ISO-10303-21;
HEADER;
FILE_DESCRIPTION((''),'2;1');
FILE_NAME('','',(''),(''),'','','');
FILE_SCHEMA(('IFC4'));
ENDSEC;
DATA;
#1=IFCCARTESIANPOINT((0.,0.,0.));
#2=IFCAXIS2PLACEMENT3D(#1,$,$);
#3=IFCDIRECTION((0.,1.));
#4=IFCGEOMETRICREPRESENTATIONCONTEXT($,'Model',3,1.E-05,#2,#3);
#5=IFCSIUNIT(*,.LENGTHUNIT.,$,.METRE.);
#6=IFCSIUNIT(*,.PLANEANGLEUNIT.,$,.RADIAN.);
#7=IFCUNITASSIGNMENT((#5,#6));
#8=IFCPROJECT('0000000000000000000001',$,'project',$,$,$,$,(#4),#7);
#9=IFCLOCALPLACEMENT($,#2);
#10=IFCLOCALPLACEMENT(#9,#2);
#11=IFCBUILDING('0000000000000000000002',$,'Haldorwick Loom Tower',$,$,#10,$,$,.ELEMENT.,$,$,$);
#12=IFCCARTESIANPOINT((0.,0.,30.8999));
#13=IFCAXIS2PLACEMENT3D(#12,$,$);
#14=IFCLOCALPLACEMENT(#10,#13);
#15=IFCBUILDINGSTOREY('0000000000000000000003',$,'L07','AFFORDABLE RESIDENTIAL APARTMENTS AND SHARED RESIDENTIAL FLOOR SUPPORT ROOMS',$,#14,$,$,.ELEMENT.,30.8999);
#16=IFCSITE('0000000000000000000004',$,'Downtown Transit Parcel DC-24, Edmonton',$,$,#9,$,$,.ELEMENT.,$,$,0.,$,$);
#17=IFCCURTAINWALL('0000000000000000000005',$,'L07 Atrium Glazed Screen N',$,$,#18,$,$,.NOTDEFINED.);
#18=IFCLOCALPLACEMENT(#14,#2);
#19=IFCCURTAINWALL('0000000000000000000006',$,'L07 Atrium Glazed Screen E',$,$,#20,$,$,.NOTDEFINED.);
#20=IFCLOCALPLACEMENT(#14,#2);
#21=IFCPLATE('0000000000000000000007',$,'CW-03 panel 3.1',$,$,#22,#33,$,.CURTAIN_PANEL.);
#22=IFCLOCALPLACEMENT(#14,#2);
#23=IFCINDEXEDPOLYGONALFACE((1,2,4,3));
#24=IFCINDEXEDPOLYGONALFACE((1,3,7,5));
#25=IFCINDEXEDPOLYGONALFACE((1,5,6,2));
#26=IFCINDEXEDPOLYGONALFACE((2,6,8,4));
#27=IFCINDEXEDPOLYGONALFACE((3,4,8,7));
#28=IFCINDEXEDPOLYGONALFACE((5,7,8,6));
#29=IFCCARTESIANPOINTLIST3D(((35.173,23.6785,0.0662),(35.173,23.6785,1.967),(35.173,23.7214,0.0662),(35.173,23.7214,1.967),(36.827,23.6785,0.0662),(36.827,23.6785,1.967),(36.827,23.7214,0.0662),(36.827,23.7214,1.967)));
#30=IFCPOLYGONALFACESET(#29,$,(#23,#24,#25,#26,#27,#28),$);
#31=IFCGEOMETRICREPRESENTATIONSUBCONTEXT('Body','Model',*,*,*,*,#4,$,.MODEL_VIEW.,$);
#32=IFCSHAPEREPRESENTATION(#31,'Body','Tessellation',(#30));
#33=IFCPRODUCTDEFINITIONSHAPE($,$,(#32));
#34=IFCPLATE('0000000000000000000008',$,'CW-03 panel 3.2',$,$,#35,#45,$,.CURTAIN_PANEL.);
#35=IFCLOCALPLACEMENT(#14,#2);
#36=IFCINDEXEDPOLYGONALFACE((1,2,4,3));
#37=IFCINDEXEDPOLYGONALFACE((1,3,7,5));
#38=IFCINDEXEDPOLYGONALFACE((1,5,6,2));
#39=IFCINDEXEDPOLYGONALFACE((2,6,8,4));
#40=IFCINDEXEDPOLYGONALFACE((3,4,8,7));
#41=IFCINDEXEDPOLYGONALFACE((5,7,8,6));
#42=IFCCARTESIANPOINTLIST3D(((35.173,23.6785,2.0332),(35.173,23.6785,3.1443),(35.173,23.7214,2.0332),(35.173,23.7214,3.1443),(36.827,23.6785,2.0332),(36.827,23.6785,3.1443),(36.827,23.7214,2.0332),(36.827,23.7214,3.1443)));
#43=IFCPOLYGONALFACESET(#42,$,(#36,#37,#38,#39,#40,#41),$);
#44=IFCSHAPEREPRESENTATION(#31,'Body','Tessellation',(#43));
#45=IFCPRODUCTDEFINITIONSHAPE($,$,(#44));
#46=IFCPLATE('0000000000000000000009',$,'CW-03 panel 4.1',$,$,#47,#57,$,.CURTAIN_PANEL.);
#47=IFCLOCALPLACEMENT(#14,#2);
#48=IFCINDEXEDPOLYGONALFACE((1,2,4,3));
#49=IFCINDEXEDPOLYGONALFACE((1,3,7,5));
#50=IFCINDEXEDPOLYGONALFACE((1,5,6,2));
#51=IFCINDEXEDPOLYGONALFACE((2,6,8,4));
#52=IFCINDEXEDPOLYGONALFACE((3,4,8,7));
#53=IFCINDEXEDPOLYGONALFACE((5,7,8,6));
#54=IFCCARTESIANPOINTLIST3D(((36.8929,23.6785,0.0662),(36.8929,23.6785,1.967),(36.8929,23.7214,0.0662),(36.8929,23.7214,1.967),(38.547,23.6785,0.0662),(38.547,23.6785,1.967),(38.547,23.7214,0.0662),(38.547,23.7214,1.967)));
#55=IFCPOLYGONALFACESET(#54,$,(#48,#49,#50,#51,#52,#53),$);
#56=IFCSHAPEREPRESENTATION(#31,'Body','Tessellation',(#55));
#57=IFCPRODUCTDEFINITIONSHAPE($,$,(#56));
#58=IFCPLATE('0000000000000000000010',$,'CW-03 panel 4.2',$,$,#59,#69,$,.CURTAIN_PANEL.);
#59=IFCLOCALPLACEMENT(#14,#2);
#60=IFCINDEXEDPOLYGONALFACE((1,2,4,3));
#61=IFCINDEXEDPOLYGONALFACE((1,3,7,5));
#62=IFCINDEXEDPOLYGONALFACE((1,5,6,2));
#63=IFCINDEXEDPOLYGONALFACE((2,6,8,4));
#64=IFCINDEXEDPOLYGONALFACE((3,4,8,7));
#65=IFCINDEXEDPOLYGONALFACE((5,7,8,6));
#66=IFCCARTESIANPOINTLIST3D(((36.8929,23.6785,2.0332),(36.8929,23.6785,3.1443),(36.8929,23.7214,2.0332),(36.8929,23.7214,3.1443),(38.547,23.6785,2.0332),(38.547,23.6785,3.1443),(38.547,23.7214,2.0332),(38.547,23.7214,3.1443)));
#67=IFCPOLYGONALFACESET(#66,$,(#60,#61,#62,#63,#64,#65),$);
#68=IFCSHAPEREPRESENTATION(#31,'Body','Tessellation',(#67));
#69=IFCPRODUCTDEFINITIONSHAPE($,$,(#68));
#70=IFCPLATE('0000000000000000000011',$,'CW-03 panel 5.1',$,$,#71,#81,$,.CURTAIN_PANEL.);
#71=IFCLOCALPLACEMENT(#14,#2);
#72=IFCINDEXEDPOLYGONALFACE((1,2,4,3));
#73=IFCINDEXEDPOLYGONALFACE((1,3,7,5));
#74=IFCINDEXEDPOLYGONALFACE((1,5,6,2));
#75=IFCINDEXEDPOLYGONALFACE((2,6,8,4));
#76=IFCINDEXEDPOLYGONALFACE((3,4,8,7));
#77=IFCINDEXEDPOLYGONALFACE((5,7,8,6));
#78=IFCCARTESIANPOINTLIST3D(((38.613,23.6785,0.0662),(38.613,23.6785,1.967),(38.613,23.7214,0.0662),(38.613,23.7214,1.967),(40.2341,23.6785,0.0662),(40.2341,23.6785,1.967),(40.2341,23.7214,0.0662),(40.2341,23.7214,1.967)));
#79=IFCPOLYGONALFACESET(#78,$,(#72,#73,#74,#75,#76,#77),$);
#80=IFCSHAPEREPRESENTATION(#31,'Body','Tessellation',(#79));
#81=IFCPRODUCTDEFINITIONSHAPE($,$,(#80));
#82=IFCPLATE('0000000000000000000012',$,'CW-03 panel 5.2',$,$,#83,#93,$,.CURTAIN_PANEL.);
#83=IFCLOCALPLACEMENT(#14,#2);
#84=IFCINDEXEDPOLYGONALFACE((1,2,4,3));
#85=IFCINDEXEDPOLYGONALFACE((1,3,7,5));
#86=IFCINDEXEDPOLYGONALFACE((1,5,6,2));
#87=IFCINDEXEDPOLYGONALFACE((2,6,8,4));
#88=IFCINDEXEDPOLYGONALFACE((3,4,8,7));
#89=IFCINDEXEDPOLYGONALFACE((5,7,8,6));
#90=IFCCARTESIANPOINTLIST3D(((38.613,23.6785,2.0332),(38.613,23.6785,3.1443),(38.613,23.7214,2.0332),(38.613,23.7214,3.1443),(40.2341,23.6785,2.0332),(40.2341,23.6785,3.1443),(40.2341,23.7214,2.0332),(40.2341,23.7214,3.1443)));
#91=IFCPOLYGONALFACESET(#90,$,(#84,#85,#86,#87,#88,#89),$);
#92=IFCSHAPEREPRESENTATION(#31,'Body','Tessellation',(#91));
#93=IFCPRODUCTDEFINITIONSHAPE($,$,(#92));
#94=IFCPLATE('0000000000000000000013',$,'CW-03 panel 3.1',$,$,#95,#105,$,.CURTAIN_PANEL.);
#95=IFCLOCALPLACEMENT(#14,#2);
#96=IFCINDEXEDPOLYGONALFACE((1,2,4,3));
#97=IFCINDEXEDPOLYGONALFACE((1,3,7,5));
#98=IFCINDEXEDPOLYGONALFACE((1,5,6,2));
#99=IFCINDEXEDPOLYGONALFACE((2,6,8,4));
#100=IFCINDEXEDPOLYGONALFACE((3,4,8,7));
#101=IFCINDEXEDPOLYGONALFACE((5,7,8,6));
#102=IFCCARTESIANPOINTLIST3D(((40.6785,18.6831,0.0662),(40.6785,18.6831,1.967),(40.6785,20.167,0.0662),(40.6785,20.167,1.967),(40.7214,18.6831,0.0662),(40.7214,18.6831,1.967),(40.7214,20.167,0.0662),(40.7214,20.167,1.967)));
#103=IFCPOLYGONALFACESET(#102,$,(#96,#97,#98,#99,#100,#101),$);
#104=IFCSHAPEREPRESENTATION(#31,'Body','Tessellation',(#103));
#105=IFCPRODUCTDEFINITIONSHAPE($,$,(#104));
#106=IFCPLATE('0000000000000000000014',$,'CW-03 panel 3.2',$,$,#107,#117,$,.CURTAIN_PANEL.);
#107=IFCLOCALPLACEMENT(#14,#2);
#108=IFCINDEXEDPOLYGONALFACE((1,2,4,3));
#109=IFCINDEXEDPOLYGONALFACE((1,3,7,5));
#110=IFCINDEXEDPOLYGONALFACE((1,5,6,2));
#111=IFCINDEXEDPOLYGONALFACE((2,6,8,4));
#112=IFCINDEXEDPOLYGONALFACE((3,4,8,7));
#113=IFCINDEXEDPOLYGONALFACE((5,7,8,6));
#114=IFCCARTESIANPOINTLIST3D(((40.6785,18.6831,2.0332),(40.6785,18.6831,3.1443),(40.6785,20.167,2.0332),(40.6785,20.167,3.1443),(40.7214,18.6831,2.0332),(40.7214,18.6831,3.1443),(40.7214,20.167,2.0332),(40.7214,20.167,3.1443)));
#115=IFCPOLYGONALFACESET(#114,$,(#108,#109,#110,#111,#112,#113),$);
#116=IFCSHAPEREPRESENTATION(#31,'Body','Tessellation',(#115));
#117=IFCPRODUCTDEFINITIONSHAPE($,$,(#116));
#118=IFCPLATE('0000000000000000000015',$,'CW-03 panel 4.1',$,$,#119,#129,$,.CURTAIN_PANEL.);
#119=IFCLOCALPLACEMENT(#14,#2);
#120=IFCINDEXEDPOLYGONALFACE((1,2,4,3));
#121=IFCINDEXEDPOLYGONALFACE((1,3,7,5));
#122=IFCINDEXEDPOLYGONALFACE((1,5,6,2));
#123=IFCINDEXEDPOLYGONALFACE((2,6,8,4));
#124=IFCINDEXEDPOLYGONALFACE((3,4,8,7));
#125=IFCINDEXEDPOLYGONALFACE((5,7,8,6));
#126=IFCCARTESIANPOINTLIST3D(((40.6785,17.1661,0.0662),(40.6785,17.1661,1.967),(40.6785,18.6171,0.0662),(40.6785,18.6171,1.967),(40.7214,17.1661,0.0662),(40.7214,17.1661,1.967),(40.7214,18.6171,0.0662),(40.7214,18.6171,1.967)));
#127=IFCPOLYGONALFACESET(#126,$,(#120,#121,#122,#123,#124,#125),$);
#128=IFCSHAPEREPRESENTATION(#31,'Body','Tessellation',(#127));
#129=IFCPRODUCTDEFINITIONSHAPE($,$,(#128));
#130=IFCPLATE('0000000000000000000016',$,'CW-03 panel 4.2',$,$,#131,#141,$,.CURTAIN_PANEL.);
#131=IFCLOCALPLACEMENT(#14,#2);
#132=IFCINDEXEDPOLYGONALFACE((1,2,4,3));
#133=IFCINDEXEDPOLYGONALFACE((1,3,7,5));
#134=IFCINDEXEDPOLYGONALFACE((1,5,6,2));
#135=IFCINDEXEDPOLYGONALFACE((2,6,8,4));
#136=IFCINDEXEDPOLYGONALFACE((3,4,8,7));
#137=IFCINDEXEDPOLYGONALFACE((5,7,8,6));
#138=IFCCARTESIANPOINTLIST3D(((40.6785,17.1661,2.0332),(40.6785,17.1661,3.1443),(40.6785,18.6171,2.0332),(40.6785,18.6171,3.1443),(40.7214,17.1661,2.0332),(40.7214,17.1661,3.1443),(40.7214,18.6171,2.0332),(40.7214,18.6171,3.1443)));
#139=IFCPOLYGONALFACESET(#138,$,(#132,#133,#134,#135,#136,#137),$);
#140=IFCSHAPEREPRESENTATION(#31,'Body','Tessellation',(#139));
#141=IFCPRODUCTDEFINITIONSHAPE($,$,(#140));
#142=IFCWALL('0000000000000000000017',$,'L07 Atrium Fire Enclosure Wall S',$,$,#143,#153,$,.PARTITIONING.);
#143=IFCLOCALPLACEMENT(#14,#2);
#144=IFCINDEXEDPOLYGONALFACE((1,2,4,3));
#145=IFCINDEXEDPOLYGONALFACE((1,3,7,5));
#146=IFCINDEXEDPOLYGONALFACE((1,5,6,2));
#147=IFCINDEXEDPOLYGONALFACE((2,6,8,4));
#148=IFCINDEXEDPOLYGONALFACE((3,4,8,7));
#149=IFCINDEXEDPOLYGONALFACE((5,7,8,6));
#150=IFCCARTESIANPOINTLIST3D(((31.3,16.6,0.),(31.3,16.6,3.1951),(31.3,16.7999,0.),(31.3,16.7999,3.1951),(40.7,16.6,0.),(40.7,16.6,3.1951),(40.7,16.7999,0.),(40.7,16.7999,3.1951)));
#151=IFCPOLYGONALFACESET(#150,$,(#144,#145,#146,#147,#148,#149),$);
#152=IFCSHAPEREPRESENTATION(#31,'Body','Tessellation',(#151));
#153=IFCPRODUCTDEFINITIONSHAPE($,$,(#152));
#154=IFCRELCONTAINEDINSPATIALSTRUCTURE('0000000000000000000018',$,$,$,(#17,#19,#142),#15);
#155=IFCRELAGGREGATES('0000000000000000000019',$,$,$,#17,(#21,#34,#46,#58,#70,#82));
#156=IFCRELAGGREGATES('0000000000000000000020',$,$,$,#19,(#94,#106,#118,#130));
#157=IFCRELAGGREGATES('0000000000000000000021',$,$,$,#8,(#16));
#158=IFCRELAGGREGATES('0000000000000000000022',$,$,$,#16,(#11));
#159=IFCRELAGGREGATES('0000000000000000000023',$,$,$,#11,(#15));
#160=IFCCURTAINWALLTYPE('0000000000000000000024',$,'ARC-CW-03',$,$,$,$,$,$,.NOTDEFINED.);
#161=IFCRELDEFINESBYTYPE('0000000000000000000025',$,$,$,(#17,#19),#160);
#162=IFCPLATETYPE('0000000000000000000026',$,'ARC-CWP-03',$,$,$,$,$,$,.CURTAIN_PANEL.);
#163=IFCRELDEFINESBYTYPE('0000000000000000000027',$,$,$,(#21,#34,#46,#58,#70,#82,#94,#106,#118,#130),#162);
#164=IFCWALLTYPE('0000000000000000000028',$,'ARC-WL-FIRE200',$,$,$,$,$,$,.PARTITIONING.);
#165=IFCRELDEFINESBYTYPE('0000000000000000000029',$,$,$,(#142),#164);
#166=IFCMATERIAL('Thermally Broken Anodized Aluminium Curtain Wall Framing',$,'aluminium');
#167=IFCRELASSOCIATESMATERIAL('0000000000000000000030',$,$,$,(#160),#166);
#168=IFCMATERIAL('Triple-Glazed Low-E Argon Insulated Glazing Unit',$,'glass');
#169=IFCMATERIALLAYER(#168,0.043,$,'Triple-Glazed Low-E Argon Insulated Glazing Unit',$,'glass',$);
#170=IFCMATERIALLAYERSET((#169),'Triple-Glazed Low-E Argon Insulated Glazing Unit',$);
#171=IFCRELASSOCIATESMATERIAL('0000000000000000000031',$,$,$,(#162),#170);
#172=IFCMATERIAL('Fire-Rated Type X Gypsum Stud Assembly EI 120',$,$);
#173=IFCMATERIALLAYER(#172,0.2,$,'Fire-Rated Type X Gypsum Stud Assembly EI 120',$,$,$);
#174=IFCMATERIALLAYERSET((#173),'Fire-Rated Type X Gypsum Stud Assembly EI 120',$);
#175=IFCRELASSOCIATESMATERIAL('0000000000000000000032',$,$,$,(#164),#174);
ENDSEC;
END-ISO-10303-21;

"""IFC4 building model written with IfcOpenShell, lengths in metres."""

from ifc_helpers import new_model, si_unit, direction, frame, frame_2d, origin, origin_2d, place, context, subcontext, project, spatial, rectangle, extrude, material, layer, layer_set, type_object, element, aggregate, save


model = new_model("IFC4")

# Units and contexts
model_context = context("Model", 3, precision=1e-05, world=origin(), true_north=direction((0.0, 1.0)))
body_context = subcontext(model_context, "Body", "Model", "MODEL_VIEW")
ifc_project = project(units=[si_unit("LENGTHUNIT", "METRE"), si_unit("PLANEANGLEUNIT", "RADIAN")], contexts=[model_context])

# Site, building, storey
site_placement = place(None, origin())
site = spatial("IfcSite", under=ifc_project, at=site_placement, Name="Downtown Transit Parcel DC-24, Edmonton", CompositionType="ELEMENT", RefElevation=0.0)
building_placement = place(site_placement, origin())
building = spatial("IfcBuilding", under=site, at=building_placement, Name="Haldorwick Loom Tower", CompositionType="ELEMENT")
storey_placement = place(building_placement, frame((0.0, 0.0, 30.8999)))
storey = spatial("IfcBuildingStorey", under=building, at=storey_placement, Name="L07", Description="AFFORDABLE RESIDENTIAL APARTMENTS AND SHARED RESIDENTIAL FLOOR SUPPORT ROOMS", CompositionType="ELEMENT", Elevation=30.8999)

# Curtain walls
ifc_material_1 = material(Name="Thermally Broken Anodized Aluminium Curtain Wall Framing", Category="aluminium")
curtain_wall_type = type_object("IfcCurtainWallType", Name="ARC-CW-03", PredefinedType="NOTDEFINED", material=ifc_material_1)
curtain_wall_1_placement = place(storey_placement, origin())
curtain_wall_1 = element("IfcCurtainWall", 1, at=curtain_wall_1_placement, inside=storey, type_object=curtain_wall_type, Name="L07 Atrium Glazed Screen N", PredefinedType="NOTDEFINED")
curtain_wall_2_placement = place(storey_placement, origin())
curtain_wall_2 = element("IfcCurtainWall", 2, at=curtain_wall_2_placement, inside=storey, type_object=curtain_wall_type, Name="L07 Atrium Glazed Screen E", PredefinedType="NOTDEFINED")

# Plates
ifc_material_2 = material(Name="Triple-Glazed Low-E Argon Insulated Glazing Unit", Category="glass")
ifc_layer_1 = layer(ifc_material_2, 0.043, Name="Triple-Glazed Low-E Argon Insulated Glazing Unit", Category="glass")
ifc_layer_set_1 = layer_set([ifc_layer_1], Name="Triple-Glazed Low-E Argon Insulated Glazing Unit")
plate_type = type_object("IfcPlateType", Name="ARC-CWP-03", PredefinedType="CURTAIN_PANEL", material=ifc_layer_set_1)
plate_1_placement = place(storey_placement, frame((36.0, 23.7, 0.0662), z_axis=(0.0, 0.0, 1.0), x_axis=(1.0, 0.0, 0.0)))
plate_1 = element("IfcPlate", 3, at=plate_1_placement, type_object=plate_type, Name="CW-03 panel 3.1", PredefinedType="CURTAIN_PANEL", context=body_context, shape_type="SweptSolid", body=[
    extrude(rectangle(XDim=1.6541, YDim=0.043, at=origin_2d()), origin(), (0.0, 0.0, 1.0), 1.9009),
])
plate_2_placement = place(storey_placement, frame((36.0, 23.7, 2.0332), z_axis=(0.0, 0.0, 1.0), x_axis=(1.0, 0.0, 0.0)))
plate_2 = element("IfcPlate", 4, at=plate_2_placement, type_object=plate_type, Name="CW-03 panel 3.2", PredefinedType="CURTAIN_PANEL", context=body_context, shape_type="SweptSolid", body=[
    extrude(rectangle(XDim=1.6541, YDim=0.043, at=origin_2d()), origin(), (0.0, 0.0, 1.0), 1.1111),
])
plate_3_placement = place(storey_placement, frame((37.72, 23.7, 0.0662), z_axis=(0.0, 0.0, 1.0), x_axis=(1.0, 0.0, 0.0)))
plate_3 = element("IfcPlate", 5, at=plate_3_placement, type_object=plate_type, Name="CW-03 panel 4.1", PredefinedType="CURTAIN_PANEL", context=body_context, shape_type="SweptSolid", body=[
    extrude(rectangle(XDim=1.6541, YDim=0.043, at=origin_2d()), origin(), (0.0, 0.0, 1.0), 1.9009),
])
plate_4_placement = place(storey_placement, frame((37.72, 23.7, 2.0332), z_axis=(0.0, 0.0, 1.0), x_axis=(1.0, 0.0, 0.0)))
plate_4 = element("IfcPlate", 6, at=plate_4_placement, type_object=plate_type, Name="CW-03 panel 4.2", PredefinedType="CURTAIN_PANEL", context=body_context, shape_type="SweptSolid", body=[
    extrude(rectangle(XDim=1.6541, YDim=0.043, at=origin_2d()), origin(), (0.0, 0.0, 1.0), 1.1111),
])
plate_5_placement = place(storey_placement, frame((39.4236, 23.7, 0.0662), z_axis=(0.0, 0.0, 1.0), x_axis=(1.0, 0.0, 0.0)))
plate_5 = element("IfcPlate", 7, at=plate_5_placement, type_object=plate_type, Name="CW-03 panel 5.1", PredefinedType="CURTAIN_PANEL", context=body_context, shape_type="SweptSolid", body=[
    extrude(rectangle(XDim=1.6211, YDim=0.043, at=origin_2d()), origin(), (0.0, 0.0, 1.0), 1.9009),
])
plate_6_placement = place(storey_placement, frame((39.4236, 23.7, 2.0332), z_axis=(0.0, 0.0, 1.0), x_axis=(1.0, 0.0, 0.0)))
plate_6 = element("IfcPlate", 8, at=plate_6_placement, type_object=plate_type, Name="CW-03 panel 5.2", PredefinedType="CURTAIN_PANEL", context=body_context, shape_type="SweptSolid", body=[
    extrude(rectangle(XDim=1.6211, YDim=0.043, at=origin_2d()), origin(), (0.0, 0.0, 1.0), 1.1111),
])
aggregate(curtain_wall_1, [plate_1, plate_2, plate_3, plate_4, plate_5, plate_6])
plate_7_placement = place(storey_placement, frame((40.7, 19.425, 0.0662), z_axis=(0.0, 0.0, 1.0), x_axis=(0.0, -1.0, 0.0)))
plate_7 = element("IfcPlate", 9, at=plate_7_placement, type_object=plate_type, Name="CW-03 panel 3.1", PredefinedType="CURTAIN_PANEL", context=body_context, shape_type="SweptSolid", body=[
    extrude(rectangle(XDim=1.4839, YDim=0.043, at=origin_2d()), origin(), (0.0, 0.0, 1.0), 1.9009),
])
plate_8_placement = place(storey_placement, frame((40.7, 19.425, 2.0332), z_axis=(0.0, 0.0, 1.0), x_axis=(0.0, -1.0, 0.0)))
plate_8 = element("IfcPlate", 10, at=plate_8_placement, type_object=plate_type, Name="CW-03 panel 3.2", PredefinedType="CURTAIN_PANEL", context=body_context, shape_type="SweptSolid", body=[
    extrude(rectangle(XDim=1.4839, YDim=0.043, at=origin_2d()), origin(), (0.0, 0.0, 1.0), 1.1111),
])
plate_9_placement = place(storey_placement, frame((40.7, 17.8916, 0.0662), z_axis=(0.0, 0.0, 1.0), x_axis=(0.0, -1.0, 0.0)))
plate_9 = element("IfcPlate", 11, at=plate_9_placement, type_object=plate_type, Name="CW-03 panel 4.1", PredefinedType="CURTAIN_PANEL", context=body_context, shape_type="SweptSolid", body=[
    extrude(rectangle(XDim=1.4509, YDim=0.043, at=origin_2d()), origin(), (0.0, 0.0, 1.0), 1.9009),
])
plate_10_placement = place(storey_placement, frame((40.7, 17.8916, 2.0332), z_axis=(0.0, 0.0, 1.0), x_axis=(0.0, -1.0, 0.0)))
plate_10 = element("IfcPlate", 12, at=plate_10_placement, type_object=plate_type, Name="CW-03 panel 4.2", PredefinedType="CURTAIN_PANEL", context=body_context, shape_type="SweptSolid", body=[
    extrude(rectangle(XDim=1.4509, YDim=0.043, at=origin_2d()), origin(), (0.0, 0.0, 1.0), 1.1111),
])
aggregate(curtain_wall_2, [plate_7, plate_8, plate_9, plate_10])

# Wall
ifc_material_3 = material(Name="Fire-Rated Type X Gypsum Stud Assembly EI 120")
ifc_layer_2 = layer(ifc_material_3, 0.2, Name="Fire-Rated Type X Gypsum Stud Assembly EI 120")
ifc_layer_set_2 = layer_set([ifc_layer_2], Name="Fire-Rated Type X Gypsum Stud Assembly EI 120")
wall_type = type_object("IfcWallType", Name="ARC-WL-FIRE200", PredefinedType="PARTITIONING", material=ifc_layer_set_2)
wall_placement = place(storey_placement, frame((40.7, 16.7, 0.0), z_axis=(0.0, 0.0, 1.0), x_axis=(-1.0, 0.0, 0.0)))
element("IfcWall", 13, at=wall_placement, inside=storey, type_object=wall_type, Name="L07 Atrium Fire Enclosure Wall S", PredefinedType="PARTITIONING", context=body_context, shape_type="SweptSolid", body=[
    extrude(rectangle(XDim=9.3999, YDim=0.2, at=frame_2d((4.7, 0.0))), origin(), (0.0, 0.0, 1.0), 3.1951),
])

save(model, "model.ifc")
